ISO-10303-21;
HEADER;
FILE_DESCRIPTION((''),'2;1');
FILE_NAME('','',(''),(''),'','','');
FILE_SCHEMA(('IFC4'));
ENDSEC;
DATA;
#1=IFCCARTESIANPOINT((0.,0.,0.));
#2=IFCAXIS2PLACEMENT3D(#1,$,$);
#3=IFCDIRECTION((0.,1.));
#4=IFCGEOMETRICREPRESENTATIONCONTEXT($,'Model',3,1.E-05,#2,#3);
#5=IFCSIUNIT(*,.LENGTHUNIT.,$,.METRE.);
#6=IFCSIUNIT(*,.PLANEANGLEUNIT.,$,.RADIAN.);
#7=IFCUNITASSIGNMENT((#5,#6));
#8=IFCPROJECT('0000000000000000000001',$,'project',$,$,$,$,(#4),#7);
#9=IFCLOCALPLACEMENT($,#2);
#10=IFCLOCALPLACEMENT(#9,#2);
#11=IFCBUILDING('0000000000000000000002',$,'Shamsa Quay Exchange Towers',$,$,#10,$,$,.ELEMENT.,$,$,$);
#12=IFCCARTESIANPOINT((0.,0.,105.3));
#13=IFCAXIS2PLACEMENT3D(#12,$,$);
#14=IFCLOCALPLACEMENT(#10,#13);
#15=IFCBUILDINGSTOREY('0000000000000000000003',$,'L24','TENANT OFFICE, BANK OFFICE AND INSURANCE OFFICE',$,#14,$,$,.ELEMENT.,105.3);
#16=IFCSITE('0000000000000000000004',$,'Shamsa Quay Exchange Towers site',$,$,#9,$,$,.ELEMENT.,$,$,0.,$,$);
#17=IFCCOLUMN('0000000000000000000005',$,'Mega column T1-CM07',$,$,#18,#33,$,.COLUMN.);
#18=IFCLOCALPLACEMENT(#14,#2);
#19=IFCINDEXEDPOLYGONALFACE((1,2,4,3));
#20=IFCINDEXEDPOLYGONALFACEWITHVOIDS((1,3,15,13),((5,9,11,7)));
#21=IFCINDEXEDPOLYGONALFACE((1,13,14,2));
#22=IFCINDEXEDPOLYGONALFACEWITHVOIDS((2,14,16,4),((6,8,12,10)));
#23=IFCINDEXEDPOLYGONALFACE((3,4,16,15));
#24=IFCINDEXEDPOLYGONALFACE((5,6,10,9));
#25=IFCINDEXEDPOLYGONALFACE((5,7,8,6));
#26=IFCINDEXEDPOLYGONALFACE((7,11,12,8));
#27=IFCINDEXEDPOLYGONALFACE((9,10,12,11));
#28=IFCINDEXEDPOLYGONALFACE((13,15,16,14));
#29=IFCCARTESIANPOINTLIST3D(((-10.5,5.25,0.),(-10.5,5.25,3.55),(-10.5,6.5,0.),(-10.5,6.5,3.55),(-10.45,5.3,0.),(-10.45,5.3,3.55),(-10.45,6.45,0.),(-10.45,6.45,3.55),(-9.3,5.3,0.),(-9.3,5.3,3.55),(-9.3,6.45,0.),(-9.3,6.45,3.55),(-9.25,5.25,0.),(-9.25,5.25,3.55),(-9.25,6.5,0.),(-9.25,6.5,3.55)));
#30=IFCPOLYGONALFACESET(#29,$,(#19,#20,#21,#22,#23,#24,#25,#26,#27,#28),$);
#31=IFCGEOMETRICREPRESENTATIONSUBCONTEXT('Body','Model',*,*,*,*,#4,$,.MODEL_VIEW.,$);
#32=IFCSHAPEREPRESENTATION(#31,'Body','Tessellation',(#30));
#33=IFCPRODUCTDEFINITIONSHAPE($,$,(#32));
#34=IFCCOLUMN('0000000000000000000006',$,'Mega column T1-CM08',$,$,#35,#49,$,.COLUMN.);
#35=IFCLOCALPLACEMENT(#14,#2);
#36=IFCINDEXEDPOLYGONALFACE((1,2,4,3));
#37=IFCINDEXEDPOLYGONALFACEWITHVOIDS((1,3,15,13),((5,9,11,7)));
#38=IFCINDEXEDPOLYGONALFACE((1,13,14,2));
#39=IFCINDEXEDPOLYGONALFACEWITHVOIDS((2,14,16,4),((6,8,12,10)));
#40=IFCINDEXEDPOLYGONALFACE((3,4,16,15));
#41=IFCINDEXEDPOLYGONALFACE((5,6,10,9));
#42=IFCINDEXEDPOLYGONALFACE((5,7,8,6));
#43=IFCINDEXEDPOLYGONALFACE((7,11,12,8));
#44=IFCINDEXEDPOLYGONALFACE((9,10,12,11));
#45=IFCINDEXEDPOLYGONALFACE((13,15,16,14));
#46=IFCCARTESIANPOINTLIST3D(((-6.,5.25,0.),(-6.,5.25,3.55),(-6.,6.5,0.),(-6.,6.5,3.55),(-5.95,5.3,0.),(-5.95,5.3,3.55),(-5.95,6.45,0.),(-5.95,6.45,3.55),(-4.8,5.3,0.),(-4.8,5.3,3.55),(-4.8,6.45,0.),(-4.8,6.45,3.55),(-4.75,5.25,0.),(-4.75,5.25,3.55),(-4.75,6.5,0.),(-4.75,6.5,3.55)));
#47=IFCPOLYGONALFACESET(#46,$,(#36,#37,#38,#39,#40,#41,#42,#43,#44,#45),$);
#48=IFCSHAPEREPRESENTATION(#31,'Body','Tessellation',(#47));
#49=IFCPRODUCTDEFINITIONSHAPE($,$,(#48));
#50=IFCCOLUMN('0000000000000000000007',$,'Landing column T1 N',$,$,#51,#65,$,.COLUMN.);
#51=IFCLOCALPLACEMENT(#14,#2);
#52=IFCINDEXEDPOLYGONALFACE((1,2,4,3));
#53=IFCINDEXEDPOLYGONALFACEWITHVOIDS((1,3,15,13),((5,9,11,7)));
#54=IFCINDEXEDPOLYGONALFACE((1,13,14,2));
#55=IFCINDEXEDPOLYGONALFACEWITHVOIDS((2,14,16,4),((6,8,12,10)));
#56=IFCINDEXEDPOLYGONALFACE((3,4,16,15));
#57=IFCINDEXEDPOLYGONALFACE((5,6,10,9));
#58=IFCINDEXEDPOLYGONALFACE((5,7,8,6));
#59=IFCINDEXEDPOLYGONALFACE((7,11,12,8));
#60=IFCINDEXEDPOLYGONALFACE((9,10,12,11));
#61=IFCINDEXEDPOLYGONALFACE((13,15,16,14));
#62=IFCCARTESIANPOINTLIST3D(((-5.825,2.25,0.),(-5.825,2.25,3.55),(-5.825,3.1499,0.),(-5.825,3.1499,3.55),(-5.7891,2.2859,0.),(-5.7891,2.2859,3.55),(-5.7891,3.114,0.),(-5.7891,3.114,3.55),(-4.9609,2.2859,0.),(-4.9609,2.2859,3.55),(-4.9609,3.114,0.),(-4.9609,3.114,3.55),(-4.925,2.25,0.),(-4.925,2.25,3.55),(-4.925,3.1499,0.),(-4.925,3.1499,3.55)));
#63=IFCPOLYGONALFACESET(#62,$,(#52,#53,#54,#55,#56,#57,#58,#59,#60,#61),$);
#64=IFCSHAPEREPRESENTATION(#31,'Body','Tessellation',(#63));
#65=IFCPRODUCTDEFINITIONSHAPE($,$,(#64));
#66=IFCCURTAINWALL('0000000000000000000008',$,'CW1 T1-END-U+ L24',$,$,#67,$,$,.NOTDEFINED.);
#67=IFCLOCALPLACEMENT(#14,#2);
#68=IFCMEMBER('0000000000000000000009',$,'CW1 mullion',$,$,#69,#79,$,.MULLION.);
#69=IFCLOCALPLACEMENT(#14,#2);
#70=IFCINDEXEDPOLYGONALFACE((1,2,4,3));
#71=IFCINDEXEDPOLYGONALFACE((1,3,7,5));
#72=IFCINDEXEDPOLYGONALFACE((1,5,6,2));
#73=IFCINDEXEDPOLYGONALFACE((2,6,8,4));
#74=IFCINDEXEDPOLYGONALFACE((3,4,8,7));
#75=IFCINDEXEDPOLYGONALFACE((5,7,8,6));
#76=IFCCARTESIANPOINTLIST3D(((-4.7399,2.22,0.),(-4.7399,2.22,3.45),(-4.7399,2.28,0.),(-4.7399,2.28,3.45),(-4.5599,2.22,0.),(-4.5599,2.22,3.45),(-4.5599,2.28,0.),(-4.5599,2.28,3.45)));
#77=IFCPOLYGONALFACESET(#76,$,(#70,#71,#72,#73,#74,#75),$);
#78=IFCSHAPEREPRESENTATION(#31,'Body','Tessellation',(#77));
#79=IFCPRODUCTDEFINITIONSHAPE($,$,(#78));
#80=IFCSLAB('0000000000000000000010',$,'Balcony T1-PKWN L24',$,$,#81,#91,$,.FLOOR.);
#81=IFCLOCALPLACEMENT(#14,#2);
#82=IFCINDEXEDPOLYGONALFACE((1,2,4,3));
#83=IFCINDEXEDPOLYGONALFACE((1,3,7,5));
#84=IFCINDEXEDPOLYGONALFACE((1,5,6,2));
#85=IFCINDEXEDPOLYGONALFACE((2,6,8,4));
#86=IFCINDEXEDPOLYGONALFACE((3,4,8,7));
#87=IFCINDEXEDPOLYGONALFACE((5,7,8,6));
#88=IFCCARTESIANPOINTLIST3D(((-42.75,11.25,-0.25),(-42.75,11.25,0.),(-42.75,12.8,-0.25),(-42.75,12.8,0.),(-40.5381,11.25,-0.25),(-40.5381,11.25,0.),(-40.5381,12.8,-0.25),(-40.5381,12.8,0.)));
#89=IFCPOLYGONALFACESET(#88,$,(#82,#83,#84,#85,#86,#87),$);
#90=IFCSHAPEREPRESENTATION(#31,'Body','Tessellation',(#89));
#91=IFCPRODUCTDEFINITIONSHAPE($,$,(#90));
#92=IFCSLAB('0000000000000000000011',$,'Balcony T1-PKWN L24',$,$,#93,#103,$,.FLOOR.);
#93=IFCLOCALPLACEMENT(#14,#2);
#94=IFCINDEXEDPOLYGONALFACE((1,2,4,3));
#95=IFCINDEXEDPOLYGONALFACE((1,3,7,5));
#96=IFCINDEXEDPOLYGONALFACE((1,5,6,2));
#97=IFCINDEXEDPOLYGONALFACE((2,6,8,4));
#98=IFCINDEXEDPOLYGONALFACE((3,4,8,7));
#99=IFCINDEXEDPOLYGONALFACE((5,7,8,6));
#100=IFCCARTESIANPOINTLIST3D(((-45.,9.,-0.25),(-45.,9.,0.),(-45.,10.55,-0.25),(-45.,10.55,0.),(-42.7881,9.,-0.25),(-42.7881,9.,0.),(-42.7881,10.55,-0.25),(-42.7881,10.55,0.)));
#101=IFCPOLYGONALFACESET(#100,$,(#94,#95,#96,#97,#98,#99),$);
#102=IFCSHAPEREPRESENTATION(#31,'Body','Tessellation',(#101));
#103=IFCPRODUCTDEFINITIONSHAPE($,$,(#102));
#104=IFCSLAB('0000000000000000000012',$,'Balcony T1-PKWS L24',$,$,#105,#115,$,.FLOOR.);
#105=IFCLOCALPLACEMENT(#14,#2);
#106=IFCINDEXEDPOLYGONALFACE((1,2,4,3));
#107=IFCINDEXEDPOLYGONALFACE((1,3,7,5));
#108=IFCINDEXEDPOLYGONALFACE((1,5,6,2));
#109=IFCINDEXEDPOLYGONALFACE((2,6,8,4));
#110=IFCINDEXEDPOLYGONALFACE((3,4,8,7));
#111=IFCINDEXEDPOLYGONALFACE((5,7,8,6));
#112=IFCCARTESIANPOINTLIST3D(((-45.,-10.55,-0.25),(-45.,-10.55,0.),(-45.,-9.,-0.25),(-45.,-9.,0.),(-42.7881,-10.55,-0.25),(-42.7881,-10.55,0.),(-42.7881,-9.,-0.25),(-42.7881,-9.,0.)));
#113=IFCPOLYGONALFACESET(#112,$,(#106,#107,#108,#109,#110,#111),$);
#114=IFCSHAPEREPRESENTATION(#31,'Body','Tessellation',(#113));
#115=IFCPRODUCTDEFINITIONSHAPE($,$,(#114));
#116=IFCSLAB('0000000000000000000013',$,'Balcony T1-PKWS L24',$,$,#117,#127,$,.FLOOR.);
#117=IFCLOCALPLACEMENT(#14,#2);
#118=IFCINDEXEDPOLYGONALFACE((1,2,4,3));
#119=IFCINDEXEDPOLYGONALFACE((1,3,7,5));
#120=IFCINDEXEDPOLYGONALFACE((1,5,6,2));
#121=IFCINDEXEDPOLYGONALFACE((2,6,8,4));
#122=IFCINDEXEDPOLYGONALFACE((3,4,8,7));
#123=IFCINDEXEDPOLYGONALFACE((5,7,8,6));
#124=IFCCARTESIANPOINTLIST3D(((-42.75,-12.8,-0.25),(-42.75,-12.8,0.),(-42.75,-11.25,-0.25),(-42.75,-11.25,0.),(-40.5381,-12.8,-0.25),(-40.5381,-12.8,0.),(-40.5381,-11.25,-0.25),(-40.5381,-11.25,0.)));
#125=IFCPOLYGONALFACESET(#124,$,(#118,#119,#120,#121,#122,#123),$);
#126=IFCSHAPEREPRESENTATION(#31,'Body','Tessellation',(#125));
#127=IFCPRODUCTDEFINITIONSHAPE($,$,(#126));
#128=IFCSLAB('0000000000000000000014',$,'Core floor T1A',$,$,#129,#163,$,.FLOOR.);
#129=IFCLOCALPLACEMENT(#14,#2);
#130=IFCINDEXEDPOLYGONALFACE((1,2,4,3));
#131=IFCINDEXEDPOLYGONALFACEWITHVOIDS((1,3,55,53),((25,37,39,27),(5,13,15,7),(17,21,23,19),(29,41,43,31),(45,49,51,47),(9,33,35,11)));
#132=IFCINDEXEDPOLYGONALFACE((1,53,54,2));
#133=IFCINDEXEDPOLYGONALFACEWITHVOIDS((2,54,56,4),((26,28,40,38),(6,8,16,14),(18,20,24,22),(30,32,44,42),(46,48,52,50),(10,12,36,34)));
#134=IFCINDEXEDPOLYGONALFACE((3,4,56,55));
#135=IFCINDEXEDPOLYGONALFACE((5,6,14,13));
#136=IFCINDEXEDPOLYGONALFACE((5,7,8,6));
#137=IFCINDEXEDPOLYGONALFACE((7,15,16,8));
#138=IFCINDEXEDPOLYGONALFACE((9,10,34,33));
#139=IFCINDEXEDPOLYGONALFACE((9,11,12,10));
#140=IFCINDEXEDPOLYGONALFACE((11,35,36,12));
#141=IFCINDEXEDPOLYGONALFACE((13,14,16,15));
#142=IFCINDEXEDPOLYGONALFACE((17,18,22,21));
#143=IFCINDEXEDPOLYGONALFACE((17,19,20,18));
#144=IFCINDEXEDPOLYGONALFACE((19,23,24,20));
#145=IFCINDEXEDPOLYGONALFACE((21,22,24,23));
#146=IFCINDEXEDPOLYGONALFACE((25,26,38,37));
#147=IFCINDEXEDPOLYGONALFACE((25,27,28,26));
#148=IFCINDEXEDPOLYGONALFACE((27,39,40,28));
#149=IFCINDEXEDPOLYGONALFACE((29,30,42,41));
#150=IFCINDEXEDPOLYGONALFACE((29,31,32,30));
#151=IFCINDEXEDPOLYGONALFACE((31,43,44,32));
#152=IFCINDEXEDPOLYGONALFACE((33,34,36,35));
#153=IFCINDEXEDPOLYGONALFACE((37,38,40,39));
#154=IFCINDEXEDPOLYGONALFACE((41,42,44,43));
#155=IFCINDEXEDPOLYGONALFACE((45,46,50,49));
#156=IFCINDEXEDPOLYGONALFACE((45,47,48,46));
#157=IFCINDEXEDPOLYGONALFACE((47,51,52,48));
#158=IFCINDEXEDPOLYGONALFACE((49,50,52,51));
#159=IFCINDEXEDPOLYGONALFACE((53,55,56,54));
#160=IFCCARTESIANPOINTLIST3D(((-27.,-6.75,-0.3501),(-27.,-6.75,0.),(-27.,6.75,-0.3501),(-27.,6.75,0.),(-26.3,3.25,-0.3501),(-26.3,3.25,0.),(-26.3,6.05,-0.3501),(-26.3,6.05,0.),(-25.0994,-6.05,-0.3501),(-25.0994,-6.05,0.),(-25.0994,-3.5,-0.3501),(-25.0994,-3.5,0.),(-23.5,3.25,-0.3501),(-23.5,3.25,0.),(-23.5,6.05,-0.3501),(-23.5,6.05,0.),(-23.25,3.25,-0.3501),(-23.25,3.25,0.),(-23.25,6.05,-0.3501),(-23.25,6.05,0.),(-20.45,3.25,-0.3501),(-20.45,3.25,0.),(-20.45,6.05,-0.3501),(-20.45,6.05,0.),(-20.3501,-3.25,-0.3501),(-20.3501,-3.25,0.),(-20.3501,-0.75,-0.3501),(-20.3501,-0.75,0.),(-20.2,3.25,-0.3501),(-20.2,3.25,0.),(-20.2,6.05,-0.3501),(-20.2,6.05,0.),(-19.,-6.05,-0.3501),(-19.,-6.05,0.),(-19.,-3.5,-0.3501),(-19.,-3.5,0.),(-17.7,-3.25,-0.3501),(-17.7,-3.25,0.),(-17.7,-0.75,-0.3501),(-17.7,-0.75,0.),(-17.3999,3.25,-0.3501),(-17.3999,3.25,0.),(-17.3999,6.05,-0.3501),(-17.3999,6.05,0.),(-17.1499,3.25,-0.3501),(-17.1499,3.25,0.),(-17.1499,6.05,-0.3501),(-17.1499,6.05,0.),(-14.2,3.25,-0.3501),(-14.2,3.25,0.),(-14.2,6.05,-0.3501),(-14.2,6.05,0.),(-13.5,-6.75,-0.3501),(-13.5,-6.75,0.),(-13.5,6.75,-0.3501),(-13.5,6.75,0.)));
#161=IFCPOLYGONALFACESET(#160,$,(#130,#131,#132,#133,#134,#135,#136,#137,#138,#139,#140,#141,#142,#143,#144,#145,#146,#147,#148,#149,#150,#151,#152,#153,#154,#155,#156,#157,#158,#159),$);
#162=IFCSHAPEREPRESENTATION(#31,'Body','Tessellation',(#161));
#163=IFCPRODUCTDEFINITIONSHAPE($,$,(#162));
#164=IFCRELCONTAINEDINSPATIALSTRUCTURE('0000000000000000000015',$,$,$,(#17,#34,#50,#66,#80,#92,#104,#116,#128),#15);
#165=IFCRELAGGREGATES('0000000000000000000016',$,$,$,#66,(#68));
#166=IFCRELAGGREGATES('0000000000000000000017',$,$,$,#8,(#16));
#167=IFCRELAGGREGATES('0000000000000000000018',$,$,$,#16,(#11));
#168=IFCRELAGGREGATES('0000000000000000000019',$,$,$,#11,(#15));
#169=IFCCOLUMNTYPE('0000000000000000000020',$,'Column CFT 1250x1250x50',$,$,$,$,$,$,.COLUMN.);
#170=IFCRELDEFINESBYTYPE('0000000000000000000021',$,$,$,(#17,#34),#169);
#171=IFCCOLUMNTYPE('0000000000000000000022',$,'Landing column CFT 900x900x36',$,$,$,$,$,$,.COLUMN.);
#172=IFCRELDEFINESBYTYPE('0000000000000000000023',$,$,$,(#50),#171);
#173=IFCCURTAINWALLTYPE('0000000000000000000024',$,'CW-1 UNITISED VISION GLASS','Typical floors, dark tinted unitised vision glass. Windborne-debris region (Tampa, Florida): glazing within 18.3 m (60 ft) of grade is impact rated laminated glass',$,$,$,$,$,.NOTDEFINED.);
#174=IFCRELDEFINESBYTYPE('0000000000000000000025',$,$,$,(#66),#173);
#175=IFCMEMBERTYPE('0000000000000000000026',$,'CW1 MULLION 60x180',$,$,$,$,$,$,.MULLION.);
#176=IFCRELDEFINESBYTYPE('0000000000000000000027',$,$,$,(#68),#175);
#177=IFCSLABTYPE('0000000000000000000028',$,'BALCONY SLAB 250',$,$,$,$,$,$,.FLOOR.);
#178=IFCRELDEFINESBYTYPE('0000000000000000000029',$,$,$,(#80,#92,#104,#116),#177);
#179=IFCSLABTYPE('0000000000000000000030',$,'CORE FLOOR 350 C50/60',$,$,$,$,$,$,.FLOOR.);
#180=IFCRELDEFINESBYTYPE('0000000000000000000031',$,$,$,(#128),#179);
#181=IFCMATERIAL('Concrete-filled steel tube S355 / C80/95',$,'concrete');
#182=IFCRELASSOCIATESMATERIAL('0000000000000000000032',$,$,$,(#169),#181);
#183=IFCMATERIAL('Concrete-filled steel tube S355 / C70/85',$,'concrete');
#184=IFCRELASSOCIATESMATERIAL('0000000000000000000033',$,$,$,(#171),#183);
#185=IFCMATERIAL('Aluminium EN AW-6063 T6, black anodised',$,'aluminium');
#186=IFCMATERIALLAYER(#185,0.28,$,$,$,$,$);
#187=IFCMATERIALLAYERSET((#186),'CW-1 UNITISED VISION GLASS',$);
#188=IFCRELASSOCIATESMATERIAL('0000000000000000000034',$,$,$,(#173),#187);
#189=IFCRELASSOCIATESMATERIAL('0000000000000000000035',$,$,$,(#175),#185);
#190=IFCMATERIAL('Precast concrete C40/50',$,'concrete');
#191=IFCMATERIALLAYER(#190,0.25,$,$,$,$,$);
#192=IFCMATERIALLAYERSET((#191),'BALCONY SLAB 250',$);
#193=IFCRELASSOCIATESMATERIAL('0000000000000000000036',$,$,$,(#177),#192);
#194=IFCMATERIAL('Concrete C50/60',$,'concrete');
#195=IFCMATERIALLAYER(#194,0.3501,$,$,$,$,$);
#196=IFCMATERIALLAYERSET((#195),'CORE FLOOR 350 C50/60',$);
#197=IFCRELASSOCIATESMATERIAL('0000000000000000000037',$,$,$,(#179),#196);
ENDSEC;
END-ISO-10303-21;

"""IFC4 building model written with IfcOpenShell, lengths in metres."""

from ifc_helpers import new_model, si_unit, direction, frame, origin, origin_2d, place, context, subcontext, project, spatial, polyline, rectangle, hollow_rectangle, outline, extrude, material, layer, layer_set, material_profile, profile_set, type_object, element, aggregate, save


model = new_model("IFC4")

# Units and contexts
model_context = context("Model", 3, precision=1e-05, world=origin(), true_north=direction((0.0, 1.0)))
body_context = subcontext(model_context, "Body", "Model", "MODEL_VIEW")
ifc_project = project(units=[si_unit("LENGTHUNIT", "METRE"), si_unit("PLANEANGLEUNIT", "RADIAN")], contexts=[model_context])

# Site, building, storey
site_placement = place(None, origin())
site = spatial("IfcSite", under=ifc_project, at=site_placement, Name="Shamsa Quay Exchange Towers site", CompositionType="ELEMENT", RefElevation=0.0)
building_placement = place(site_placement, origin())
building = spatial("IfcBuilding", under=site, at=building_placement, Name="Shamsa Quay Exchange Towers", CompositionType="ELEMENT")
storey_placement = place(building_placement, frame((0.0, 0.0, 105.3)))
storey = spatial("IfcBuildingStorey", under=building, at=storey_placement, Name="L24", Description="TENANT OFFICE, BANK OFFICE AND INSURANCE OFFICE", CompositionType="ELEMENT", Elevation=105.3)

# Columns
ifc_material_1 = material(Name="Concrete-filled steel tube S355 / C80/95", Category="concrete")
ifc_material_profile_1 = material_profile(ifc_material_1, hollow_rectangle(XDim=1.25, YDim=1.25, WallThickness=0.05, at=origin_2d()), Name="CFT 1250x1250x50")
ifc_profile_set_1 = profile_set([ifc_material_profile_1], Name="Concrete-filled steel tube S355 / C80/95")
column_type_1 = type_object("IfcColumnType", Name="Column CFT 1250x1250x50", PredefinedType="COLUMN", material=ifc_profile_set_1)
for number, where, name in (
    (1, (-9.875, 5.875, 0.0), "Mega column T1-CM07"),
    (2, (-5.375, 5.875, 0.0), "Mega column T1-CM08"),
):
    element("IfcColumn", number, at=place(storey_placement, frame(where)), inside=storey, type_object=column_type_1, Name=name, PredefinedType="COLUMN", context=body_context, shape_type="SweptSolid", body=[
        extrude(hollow_rectangle(XDim=1.25, YDim=1.25, WallThickness=0.05, at=origin_2d()), origin(), (0.0, 0.0, 1.0), 3.55),
    ])
ifc_material_2 = material(Name="Concrete-filled steel tube S355 / C70/85", Category="concrete")
ifc_material_profile_2 = material_profile(ifc_material_2, hollow_rectangle(XDim=0.8999, YDim=0.8999, WallThickness=0.0359, at=origin_2d()), Name="CFT 900x900x36")
ifc_profile_set_2 = profile_set([ifc_material_profile_2], Name="Concrete-filled steel tube S355 / C70/85")
column_type_2 = type_object("IfcColumnType", Name="Landing column CFT 900x900x36", PredefinedType="COLUMN", material=ifc_profile_set_2)
column_placement = place(storey_placement, frame((-5.375, 2.7, 0.0)))
element("IfcColumn", 3, at=column_placement, inside=storey, type_object=column_type_2, Name="Landing column T1 N", PredefinedType="COLUMN", context=body_context, shape_type="SweptSolid", body=[
    extrude(hollow_rectangle(XDim=0.8999, YDim=0.8999, WallThickness=0.0359, at=origin_2d()), origin(), (0.0, 0.0, 1.0), 3.55),
])

# Curtain wall, member
ifc_material_3 = material(Name="Aluminium EN AW-6063 T6, black anodised", Category="aluminium")
ifc_layer_1 = layer(ifc_material_3, 0.28)
ifc_layer_set_1 = layer_set([ifc_layer_1], Name="CW-1 UNITISED VISION GLASS")
curtain_wall_type = type_object("IfcCurtainWallType", Name="CW-1 UNITISED VISION GLASS", Description="Typical floors, dark tinted unitised vision glass. Windborne-debris region (Tampa, Florida): glazing within 18.3 m (60 ft) of grade is impact rated laminated glass", PredefinedType="NOTDEFINED", material=ifc_layer_set_1)
curtain_wall_1_placement = place(storey_placement, origin())
curtain_wall_1 = element("IfcCurtainWall", 4, at=curtain_wall_1_placement, inside=storey, type_object=curtain_wall_type, Name="CW1 T1-END-U+ L24", PredefinedType="NOTDEFINED")
ifc_material_profile_3 = material_profile(ifc_material_3, rectangle(XDim=0.1799, YDim=0.0601, at=origin_2d()), Name="MU60x180")
ifc_profile_set_3 = profile_set([ifc_material_profile_3], Name="Aluminium EN AW-6063 T6, black anodised")
member_type = type_object("IfcMemberType", Name="CW1 MULLION 60x180", PredefinedType="MULLION", material=ifc_profile_set_3)
member_placement = place(storey_placement, frame((-4.6499, 2.25, 0.0), z_axis=(0.0, 0.0, 1.0), x_axis=(-1.0, 0.0, 0.0)))
member = element("IfcMember", 5, at=member_placement, type_object=member_type, Name="CW1 mullion", PredefinedType="MULLION", context=body_context, shape_type="SweptSolid", body=[
    extrude(rectangle(XDim=0.1799, YDim=0.0601, at=origin_2d()), origin(), (0.0, 0.0, 1.0), 3.45),
])

# Slabs
ifc_material_4 = material(Name="Precast concrete C40/50", Category="concrete")
ifc_layer_2 = layer(ifc_material_4, 0.25)
ifc_layer_set_2 = layer_set([ifc_layer_2], Name="BALCONY SLAB 250")
slab_type_1 = type_object("IfcSlabType", Name="BALCONY SLAB 250", PredefinedType="FLOOR", material=ifc_layer_set_2)
slab_1_placement = place(storey_placement, frame((0.0, 0.0, -0.25)))
element("IfcSlab", 6, at=slab_1_placement, inside=storey, type_object=slab_type_1, Name="Balcony T1-PKWN L24", PredefinedType="FLOOR", context=body_context, shape_type="SweptSolid", body=[
    extrude(outline(polyline([(-40.5381, 11.25), (-42.75, 11.25), (-42.75, 12.8), (-40.5381, 12.8), (-40.5381, 11.25)])), origin(), (0.0, 0.0, 1.0), 0.25),
])
slab_2_placement = place(storey_placement, frame((0.0, 0.0, -0.25)))
element("IfcSlab", 7, at=slab_2_placement, inside=storey, type_object=slab_type_1, Name="Balcony T1-PKWN L24", PredefinedType="FLOOR", context=body_context, shape_type="SweptSolid", body=[
    extrude(outline(polyline([(-42.7881, 9.0), (-45.0, 9.0), (-45.0, 10.55), (-42.7881, 10.55), (-42.7881, 9.0)])), origin(), (0.0, 0.0, 1.0), 0.25),
])
slab_3_placement = place(storey_placement, frame((0.0, 0.0, -0.25)))
element("IfcSlab", 8, at=slab_3_placement, inside=storey, type_object=slab_type_1, Name="Balcony T1-PKWS L24", PredefinedType="FLOOR", context=body_context, shape_type="SweptSolid", body=[
    extrude(outline(polyline([(-45.0, -9.0), (-42.7881, -9.0), (-42.7881, -10.55), (-45.0, -10.55), (-45.0, -9.0)])), origin(), (0.0, 0.0, 1.0), 0.25),
])
slab_4_placement = place(storey_placement, frame((0.0, 0.0, -0.25)))
element("IfcSlab", 9, at=slab_4_placement, inside=storey, type_object=slab_type_1, Name="Balcony T1-PKWS L24", PredefinedType="FLOOR", context=body_context, shape_type="SweptSolid", body=[
    extrude(outline(polyline([(-42.75, -11.25), (-40.5381, -11.25), (-40.5381, -12.8), (-42.75, -12.8), (-42.75, -11.25)])), origin(), (0.0, 0.0, 1.0), 0.25),
])
ifc_material_5 = material(Name="Concrete C50/60", Category="concrete")
ifc_layer_3 = layer(ifc_material_5, 0.3501)
ifc_layer_set_3 = layer_set([ifc_layer_3], Name="CORE FLOOR 350 C50/60")
slab_type_2 = type_object("IfcSlabType", Name="CORE FLOOR 350 C50/60", PredefinedType="FLOOR", material=ifc_layer_set_3)
slab_5_placement = place(storey_placement, frame((0.0, 0.0, -0.3501)))
element("IfcSlab", 10, at=slab_5_placement, inside=storey, type_object=slab_type_2, Name="Core floor T1A", PredefinedType="FLOOR", context=body_context, shape_type="SweptSolid", body=[
    extrude(outline(polyline([(-27.0, -6.75), (-13.5, -6.75), (-13.5, 6.75), (-27.0, 6.75), (-27.0, -6.75)]), holes=[polyline([(-25.0994, -6.05), (-25.0994, -3.5), (-19.0, -3.5), (-19.0, -6.05), (-25.0994, -6.05)]), polyline([(-26.3, 3.25), (-26.3, 6.05), (-23.5, 6.05), (-23.5, 3.25), (-26.3, 3.25)]), polyline([(-23.25, 3.25), (-23.25, 6.05), (-20.45, 6.05), (-20.45, 3.25), (-23.25, 3.25)]), polyline([(-20.2, 3.25), (-20.2, 6.05), (-17.3999, 6.05), (-17.3999, 3.25), (-20.2, 3.25)]), polyline([(-17.1499, 3.25), (-17.1499, 6.05), (-14.2, 6.05), (-14.2, 3.25), (-17.1499, 3.25)]), polyline([(-20.3501, -3.25), (-20.3501, -0.75), (-17.7, -0.75), (-17.7, -3.25), (-20.3501, -3.25)])]), origin(), (0.0, 0.0, 1.0), 0.3501),
])

aggregate(curtain_wall_1, [member])

save(model, "model.ifc")
